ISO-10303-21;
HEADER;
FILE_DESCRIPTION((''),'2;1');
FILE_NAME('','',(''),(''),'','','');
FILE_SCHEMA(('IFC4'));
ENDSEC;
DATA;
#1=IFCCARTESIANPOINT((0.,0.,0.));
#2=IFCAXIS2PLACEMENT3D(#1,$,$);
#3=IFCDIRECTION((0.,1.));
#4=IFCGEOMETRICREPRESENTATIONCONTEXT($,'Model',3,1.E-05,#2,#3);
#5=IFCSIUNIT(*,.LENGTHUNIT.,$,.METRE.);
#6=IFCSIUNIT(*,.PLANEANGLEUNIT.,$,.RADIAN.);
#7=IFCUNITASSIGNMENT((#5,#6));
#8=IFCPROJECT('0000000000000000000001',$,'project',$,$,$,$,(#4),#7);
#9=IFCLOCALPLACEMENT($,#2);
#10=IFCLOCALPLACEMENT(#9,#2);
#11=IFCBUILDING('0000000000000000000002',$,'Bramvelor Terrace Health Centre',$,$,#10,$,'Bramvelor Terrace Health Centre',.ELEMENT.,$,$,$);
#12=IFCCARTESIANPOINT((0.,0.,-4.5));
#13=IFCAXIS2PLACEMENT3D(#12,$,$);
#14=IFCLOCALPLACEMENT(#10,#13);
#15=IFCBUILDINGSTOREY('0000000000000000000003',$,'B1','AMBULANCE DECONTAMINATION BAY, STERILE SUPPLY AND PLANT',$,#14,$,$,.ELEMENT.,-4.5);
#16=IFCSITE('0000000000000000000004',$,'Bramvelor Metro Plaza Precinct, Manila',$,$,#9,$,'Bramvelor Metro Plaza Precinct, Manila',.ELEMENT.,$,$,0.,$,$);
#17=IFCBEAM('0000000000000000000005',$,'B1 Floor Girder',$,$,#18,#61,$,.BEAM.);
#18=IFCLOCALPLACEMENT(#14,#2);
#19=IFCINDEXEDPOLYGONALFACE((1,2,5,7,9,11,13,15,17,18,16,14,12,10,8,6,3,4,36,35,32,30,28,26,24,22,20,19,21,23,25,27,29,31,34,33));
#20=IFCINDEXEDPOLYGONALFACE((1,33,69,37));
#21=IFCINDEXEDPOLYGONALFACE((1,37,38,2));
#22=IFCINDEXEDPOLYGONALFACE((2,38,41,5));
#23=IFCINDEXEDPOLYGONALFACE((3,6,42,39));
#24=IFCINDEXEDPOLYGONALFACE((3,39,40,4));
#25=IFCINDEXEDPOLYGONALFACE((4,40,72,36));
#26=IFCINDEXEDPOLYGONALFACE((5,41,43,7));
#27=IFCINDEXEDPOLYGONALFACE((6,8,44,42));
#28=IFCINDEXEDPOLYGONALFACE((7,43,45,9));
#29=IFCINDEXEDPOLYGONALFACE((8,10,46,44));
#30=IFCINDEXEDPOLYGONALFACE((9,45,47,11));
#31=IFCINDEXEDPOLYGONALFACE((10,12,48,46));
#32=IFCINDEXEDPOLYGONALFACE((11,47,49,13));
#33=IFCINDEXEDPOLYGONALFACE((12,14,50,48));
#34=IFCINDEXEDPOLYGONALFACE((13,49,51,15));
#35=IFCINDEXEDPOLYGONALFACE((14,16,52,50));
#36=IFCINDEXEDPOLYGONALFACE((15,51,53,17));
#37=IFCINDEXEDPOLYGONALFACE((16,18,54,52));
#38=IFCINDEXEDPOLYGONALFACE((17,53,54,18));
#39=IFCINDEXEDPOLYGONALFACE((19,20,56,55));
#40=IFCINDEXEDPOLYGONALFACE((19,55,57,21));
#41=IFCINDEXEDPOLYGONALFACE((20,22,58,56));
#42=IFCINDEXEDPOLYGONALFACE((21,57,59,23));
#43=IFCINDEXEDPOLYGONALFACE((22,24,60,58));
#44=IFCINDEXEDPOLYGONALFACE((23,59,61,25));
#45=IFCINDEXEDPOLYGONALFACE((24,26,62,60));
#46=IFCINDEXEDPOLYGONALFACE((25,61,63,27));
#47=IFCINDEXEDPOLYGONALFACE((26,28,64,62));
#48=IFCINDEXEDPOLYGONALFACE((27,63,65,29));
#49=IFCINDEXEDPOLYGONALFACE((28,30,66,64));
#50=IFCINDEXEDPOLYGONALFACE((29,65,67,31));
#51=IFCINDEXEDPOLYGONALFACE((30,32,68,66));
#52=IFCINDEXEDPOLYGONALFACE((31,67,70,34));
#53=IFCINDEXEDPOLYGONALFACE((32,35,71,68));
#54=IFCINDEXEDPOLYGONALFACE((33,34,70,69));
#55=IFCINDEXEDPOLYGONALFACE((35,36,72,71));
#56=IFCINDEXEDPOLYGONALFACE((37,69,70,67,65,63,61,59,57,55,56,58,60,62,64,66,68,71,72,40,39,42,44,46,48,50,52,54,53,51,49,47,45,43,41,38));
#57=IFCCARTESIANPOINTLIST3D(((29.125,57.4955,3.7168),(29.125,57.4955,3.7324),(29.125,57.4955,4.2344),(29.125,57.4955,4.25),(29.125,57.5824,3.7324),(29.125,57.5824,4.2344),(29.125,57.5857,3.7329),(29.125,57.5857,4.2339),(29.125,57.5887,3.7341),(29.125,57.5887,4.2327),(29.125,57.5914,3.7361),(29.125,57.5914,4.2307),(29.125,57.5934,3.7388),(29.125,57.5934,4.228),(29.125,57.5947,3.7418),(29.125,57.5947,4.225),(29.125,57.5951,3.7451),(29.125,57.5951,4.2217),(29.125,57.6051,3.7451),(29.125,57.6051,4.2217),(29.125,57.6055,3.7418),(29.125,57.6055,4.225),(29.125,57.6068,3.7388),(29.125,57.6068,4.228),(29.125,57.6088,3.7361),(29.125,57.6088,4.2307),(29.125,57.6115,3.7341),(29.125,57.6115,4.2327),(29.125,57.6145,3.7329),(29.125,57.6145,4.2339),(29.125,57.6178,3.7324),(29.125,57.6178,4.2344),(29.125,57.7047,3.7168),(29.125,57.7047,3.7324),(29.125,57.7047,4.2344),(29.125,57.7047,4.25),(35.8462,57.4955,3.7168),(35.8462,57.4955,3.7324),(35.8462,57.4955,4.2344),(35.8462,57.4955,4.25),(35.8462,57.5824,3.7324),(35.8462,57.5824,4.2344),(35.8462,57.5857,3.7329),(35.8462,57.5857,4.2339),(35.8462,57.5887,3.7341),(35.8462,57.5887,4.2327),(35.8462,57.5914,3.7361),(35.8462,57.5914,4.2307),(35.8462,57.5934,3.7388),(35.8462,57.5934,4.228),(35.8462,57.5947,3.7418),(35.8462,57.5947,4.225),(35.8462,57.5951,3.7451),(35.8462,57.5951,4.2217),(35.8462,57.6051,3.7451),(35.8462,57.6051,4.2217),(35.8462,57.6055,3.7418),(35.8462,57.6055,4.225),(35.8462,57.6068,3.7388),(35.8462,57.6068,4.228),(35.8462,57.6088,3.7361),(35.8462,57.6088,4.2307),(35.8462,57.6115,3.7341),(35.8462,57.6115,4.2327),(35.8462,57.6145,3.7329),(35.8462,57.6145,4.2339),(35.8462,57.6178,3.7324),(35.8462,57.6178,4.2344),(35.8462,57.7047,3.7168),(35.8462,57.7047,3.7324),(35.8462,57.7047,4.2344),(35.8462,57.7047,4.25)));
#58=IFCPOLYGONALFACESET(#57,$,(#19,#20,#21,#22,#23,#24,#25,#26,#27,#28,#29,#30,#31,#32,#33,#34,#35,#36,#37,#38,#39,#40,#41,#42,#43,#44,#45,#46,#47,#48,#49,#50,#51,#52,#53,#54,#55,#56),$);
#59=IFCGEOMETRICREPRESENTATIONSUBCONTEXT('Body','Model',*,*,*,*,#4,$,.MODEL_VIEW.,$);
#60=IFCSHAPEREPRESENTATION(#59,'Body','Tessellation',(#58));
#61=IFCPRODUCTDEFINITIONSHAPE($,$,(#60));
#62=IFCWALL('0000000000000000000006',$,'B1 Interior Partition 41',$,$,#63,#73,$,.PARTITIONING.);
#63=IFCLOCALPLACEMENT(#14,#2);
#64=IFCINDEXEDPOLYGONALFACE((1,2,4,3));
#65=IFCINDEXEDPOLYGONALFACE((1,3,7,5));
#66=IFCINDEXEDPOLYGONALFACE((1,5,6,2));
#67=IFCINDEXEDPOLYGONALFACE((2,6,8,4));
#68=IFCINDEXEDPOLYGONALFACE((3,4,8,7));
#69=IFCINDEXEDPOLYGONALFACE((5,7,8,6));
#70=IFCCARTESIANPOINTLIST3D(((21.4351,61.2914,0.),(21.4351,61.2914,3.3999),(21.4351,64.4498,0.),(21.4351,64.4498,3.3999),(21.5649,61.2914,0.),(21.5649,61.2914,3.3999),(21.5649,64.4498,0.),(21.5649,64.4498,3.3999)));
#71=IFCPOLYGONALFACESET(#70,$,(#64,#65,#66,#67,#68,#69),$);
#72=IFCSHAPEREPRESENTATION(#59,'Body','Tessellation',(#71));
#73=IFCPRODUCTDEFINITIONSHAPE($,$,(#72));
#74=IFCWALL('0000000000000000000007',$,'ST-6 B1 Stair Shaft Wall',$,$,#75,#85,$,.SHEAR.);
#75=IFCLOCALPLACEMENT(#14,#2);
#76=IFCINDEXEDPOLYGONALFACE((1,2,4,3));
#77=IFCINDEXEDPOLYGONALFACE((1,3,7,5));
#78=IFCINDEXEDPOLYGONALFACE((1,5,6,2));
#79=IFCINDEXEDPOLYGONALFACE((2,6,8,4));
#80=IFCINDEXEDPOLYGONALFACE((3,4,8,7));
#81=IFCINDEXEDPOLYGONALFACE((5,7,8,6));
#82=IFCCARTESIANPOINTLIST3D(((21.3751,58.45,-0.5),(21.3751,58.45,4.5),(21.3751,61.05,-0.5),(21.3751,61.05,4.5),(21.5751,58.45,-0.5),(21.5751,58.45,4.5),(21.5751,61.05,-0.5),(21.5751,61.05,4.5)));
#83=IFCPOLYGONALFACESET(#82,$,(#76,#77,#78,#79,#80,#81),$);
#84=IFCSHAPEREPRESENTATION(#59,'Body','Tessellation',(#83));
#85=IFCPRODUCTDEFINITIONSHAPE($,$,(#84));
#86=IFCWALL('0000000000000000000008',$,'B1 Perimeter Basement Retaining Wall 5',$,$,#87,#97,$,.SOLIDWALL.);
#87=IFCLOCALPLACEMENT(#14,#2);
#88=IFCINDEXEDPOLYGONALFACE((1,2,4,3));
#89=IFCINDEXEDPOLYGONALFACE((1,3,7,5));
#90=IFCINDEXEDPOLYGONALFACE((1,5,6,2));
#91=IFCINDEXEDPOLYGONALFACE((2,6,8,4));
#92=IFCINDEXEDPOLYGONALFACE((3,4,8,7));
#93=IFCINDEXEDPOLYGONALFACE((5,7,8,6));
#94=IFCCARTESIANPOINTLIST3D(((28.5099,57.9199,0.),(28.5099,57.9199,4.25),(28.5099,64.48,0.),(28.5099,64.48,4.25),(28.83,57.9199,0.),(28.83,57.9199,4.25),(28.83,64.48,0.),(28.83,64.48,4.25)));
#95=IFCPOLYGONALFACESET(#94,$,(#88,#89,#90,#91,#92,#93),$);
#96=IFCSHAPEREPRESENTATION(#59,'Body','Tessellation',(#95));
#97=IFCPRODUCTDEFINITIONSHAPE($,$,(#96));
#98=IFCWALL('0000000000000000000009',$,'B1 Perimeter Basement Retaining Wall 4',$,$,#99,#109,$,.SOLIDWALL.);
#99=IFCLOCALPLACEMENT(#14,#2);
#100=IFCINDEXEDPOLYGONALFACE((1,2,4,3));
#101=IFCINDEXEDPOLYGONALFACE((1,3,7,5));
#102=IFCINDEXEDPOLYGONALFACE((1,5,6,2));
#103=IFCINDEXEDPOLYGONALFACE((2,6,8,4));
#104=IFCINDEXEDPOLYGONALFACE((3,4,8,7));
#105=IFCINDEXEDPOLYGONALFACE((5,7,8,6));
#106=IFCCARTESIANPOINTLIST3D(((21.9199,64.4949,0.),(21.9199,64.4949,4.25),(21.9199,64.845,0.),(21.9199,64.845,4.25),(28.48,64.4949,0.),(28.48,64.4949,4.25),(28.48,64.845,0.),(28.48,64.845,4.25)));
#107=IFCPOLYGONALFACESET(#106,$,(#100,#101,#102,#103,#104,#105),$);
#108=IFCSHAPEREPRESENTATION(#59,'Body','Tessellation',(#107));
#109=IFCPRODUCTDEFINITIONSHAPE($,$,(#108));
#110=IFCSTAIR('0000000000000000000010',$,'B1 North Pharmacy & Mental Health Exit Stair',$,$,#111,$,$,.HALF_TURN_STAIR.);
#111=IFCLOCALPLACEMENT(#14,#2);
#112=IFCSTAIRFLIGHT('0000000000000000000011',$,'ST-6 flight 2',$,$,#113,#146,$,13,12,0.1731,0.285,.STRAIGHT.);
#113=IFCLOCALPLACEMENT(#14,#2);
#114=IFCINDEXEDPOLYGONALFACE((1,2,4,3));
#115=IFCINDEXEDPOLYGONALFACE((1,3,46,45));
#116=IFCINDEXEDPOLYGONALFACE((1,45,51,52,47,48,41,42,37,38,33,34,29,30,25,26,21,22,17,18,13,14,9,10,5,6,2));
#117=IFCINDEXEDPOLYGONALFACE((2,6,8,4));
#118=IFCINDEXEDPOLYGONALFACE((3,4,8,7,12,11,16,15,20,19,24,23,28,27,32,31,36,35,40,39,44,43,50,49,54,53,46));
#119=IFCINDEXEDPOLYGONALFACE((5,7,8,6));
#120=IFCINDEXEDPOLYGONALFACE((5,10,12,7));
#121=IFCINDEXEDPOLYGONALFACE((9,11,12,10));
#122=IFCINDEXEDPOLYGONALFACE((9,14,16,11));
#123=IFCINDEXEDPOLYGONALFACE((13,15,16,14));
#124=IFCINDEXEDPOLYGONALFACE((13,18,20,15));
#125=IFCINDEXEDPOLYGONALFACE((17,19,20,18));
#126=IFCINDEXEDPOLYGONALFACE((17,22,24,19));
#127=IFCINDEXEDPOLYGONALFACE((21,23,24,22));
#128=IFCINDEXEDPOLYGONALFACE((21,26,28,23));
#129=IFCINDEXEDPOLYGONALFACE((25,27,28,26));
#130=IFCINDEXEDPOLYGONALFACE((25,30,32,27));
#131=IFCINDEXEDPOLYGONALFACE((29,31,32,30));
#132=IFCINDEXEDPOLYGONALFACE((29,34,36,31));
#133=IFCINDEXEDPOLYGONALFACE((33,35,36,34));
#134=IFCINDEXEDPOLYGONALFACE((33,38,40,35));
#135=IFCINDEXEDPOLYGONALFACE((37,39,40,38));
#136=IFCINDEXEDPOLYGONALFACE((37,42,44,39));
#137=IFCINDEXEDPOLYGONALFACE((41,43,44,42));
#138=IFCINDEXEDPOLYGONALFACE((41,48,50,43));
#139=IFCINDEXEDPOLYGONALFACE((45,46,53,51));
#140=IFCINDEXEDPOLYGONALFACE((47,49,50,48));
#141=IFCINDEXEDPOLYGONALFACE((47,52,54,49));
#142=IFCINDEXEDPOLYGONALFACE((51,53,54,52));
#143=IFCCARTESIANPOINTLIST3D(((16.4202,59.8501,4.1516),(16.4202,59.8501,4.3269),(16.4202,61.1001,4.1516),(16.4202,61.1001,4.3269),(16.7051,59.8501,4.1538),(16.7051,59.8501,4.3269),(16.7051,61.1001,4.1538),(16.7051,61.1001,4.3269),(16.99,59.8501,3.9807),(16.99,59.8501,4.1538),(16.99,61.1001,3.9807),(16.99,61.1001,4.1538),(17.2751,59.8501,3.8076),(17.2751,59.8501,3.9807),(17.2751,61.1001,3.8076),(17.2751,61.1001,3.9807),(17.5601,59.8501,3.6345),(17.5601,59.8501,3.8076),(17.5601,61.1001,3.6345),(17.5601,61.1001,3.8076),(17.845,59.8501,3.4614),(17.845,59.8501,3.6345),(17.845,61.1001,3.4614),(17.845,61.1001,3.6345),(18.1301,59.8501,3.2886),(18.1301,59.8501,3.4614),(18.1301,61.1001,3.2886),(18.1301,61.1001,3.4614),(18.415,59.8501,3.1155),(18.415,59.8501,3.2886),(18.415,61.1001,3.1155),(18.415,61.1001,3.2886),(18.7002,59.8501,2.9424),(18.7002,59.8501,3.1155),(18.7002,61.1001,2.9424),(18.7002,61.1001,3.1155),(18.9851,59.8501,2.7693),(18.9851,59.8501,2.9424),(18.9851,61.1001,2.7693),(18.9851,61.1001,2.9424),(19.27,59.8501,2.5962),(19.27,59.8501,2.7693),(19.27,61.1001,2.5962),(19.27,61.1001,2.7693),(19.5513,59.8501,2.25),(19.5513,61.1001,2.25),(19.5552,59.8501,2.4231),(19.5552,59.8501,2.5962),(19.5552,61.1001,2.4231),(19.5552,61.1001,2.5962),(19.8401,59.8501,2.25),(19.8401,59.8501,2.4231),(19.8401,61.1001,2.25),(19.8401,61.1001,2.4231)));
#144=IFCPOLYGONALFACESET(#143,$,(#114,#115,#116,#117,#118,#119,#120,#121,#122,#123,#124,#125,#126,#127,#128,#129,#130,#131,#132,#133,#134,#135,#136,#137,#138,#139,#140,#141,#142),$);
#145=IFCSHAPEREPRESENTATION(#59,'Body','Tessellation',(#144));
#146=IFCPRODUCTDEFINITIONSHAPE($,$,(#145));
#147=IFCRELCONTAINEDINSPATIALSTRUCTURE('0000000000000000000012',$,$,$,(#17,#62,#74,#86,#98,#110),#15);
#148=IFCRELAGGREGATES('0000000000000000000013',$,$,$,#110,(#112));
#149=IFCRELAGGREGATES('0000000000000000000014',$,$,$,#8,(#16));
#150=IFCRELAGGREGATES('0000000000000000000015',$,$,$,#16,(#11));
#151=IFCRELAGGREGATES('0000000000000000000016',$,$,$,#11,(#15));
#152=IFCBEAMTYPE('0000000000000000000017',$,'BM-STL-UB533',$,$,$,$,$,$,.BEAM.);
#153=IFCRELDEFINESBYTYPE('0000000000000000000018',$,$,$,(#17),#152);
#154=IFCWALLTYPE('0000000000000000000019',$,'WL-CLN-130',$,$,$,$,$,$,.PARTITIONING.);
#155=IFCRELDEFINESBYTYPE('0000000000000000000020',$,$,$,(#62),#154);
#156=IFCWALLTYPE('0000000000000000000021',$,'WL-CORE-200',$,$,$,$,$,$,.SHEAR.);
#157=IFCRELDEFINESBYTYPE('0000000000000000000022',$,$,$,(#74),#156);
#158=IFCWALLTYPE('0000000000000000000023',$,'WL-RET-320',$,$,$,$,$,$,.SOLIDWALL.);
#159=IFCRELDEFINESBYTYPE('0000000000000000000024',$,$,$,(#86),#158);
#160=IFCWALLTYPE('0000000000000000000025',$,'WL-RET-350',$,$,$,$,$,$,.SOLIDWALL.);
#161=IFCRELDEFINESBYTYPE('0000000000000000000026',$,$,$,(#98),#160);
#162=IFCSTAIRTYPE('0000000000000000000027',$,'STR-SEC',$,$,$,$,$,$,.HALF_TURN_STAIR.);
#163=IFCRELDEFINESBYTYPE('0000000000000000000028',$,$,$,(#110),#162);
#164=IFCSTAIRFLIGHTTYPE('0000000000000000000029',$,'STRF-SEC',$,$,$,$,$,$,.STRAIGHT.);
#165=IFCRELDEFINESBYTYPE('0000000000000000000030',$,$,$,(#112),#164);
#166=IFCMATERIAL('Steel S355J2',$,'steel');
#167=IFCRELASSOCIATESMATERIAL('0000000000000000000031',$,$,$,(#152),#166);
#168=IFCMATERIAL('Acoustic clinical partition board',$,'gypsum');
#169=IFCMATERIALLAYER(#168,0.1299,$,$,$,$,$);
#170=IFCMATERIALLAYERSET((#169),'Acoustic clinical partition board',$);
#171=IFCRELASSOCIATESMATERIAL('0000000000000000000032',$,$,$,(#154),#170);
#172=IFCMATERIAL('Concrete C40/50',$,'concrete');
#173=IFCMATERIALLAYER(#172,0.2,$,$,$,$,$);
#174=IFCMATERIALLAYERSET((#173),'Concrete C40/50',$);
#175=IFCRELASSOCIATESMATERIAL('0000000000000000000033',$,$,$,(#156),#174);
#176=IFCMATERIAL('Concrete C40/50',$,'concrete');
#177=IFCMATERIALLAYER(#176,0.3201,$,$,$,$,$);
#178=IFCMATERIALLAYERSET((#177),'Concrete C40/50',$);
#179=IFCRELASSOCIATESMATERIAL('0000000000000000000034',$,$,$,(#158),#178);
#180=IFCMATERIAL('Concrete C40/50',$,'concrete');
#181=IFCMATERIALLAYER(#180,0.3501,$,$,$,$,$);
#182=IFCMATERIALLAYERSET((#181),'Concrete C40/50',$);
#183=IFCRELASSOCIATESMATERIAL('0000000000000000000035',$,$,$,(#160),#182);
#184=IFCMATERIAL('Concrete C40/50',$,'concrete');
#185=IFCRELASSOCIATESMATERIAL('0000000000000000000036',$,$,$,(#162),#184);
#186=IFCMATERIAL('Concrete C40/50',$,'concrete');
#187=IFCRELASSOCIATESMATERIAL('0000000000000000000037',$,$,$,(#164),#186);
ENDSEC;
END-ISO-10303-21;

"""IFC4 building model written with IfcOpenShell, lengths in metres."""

from ifc_helpers import new_model, si_unit, direction, frame, frame_2d, origin, origin_2d, place, context, subcontext, project, spatial, polyline, rectangle, i_section, outline, extrude, material, layer, layer_set, material_profile, profile_set, type_object, element, aggregate, save


model = new_model("IFC4")

# Units and contexts
model_context = context("Model", 3, precision=1e-05, world=origin(), true_north=direction((0.0, 1.0)))
body_context = subcontext(model_context, "Body", "Model", "MODEL_VIEW")
ifc_project = project(units=[si_unit("LENGTHUNIT", "METRE"), si_unit("PLANEANGLEUNIT", "RADIAN")], contexts=[model_context])

# Site, building, storey
site_placement = place(None, origin())
site = spatial("IfcSite", under=ifc_project, at=site_placement, Name="Bramvelor Metro Plaza Precinct, Manila", LongName="Bramvelor Metro Plaza Precinct, Manila", CompositionType="ELEMENT", RefElevation=0.0)
building_placement = place(site_placement, origin())
building = spatial("IfcBuilding", under=site, at=building_placement, Name="Bramvelor Terrace Health Centre", LongName="Bramvelor Terrace Health Centre", CompositionType="ELEMENT")
storey_placement = place(building_placement, frame((0.0, 0.0, -4.5)))
storey = spatial("IfcBuildingStorey", under=building, at=storey_placement, Name="B1", Description="AMBULANCE DECONTAMINATION BAY, STERILE SUPPLY AND PLANT", CompositionType="ELEMENT", Elevation=-4.5)

# Beam
ifc_material_1 = material(Name="Steel S355J2", Category="steel")
ifc_material_profile_1 = material_profile(ifc_material_1, i_section(OverallWidth=0.2092, OverallDepth=0.5332, WebThickness=0.01, FlangeThickness=0.0156, FilletRadius=0.0127, at=origin_2d()), Name="UB 533x210x92")
ifc_profile_set_1 = profile_set([ifc_material_profile_1], Name="Steel S355J2")
beam_type_1 = type_object("IfcBeamType", Name="BM-STL-UB533", PredefinedType="BEAM", material=ifc_profile_set_1)
beam_1_placement = place(storey_placement, frame((29.125, 57.6001, 3.9834), z_axis=(1.0, 0.0, 0.0), x_axis=(0.0, 1.0, 0.0)))
element("IfcBeam", 1, at=beam_1_placement, inside=storey, type_object=beam_type_1, Name="B1 Floor Girder", PredefinedType="BEAM", context=body_context, shape_type="SweptSolid", body=[
    extrude(i_section(OverallWidth=0.2092, OverallDepth=0.5332, WebThickness=0.01, FlangeThickness=0.0156, FilletRadius=0.0127, at=origin_2d()), origin(), (0.0, 0.0, 1.0), 6.7212),
])

# Walls
ifc_material_2 = material(Name="Acoustic clinical partition board", Category="gypsum")
ifc_layer_1 = layer(ifc_material_2, 0.1299)
ifc_layer_set_1 = layer_set([ifc_layer_1], Name="Acoustic clinical partition board")
wall_type_1 = type_object("IfcWallType", Name="WL-CLN-130", PredefinedType="PARTITIONING", material=ifc_layer_set_1)
wall_1_placement = place(storey_placement, frame((21.5, 61.2915, 0.0), z_axis=(0.0, 0.0, 1.0), x_axis=(0.0, 1.0, 0.0)))
element("IfcWall", 2, at=wall_1_placement, inside=storey, type_object=wall_type_1, Name="B1 Interior Partition 41", PredefinedType="PARTITIONING", context=body_context, shape_type="SweptSolid", body=[
    extrude(rectangle(XDim=3.1584, YDim=0.1299, at=frame_2d((1.5791, 0.0))), origin(), (0.0, 0.0, 1.0), 3.3999),
])
ifc_material_3 = material(Name="Concrete C40/50", Category="concrete")
ifc_layer_2 = layer(ifc_material_3, 0.2)
ifc_layer_set_2 = layer_set([ifc_layer_2], Name="Concrete C40/50")
wall_type_2 = type_object("IfcWallType", Name="WL-CORE-200", PredefinedType="SHEAR", material=ifc_layer_set_2)
wall_2_placement = place(storey_placement, frame((21.4751, 58.45, -0.5), z_axis=(0.0, 0.0, 1.0), x_axis=(0.0, 1.0, 0.0)))
element("IfcWall", 3, at=wall_2_placement, inside=storey, type_object=wall_type_2, Name="ST-6 B1 Stair Shaft Wall", PredefinedType="SHEAR", context=body_context, shape_type="SweptSolid", body=[
    extrude(rectangle(XDim=2.6001, YDim=0.2, at=frame_2d((1.3, 0.0))), origin(), (0.0, 0.0, 1.0), 5.0),
])
ifc_material_4 = material(Name="Concrete C40/50", Category="concrete")
ifc_layer_3 = layer(ifc_material_4, 0.3201)
ifc_layer_set_3 = layer_set([ifc_layer_3], Name="Concrete C40/50")
wall_type_3 = type_object("IfcWallType", Name="WL-RET-320", PredefinedType="SOLIDWALL", material=ifc_layer_set_3)
wall_3_placement = place(storey_placement, frame((28.6699, 64.48, 0.0), z_axis=(0.0, 0.0, 1.0), x_axis=(0.0, -1.0, 0.0)))
element("IfcWall", 4, at=wall_3_placement, inside=storey, type_object=wall_type_3, Name="B1 Perimeter Basement Retaining Wall 5", PredefinedType="SOLIDWALL", context=body_context, shape_type="SweptSolid", body=[
    extrude(rectangle(XDim=6.5601, YDim=0.3201, at=frame_2d((3.28, 0.0))), origin(), (0.0, 0.0, 1.0), 4.25),
])
ifc_material_5 = material(Name="Concrete C40/50", Category="concrete")
ifc_layer_4 = layer(ifc_material_5, 0.3501)
ifc_layer_set_4 = layer_set([ifc_layer_4], Name="Concrete C40/50")
wall_type_4 = type_object("IfcWallType", Name="WL-RET-350", PredefinedType="SOLIDWALL", material=ifc_layer_set_4)
wall_4_placement = place(storey_placement, frame((21.9199, 64.6699, 0.0), z_axis=(0.0, 0.0, 1.0), x_axis=(1.0, 0.0, 0.0)))
element("IfcWall", 5, at=wall_4_placement, inside=storey, type_object=wall_type_4, Name="B1 Perimeter Basement Retaining Wall 4", PredefinedType="SOLIDWALL", context=body_context, shape_type="SweptSolid", body=[
    extrude(rectangle(XDim=6.5601, YDim=0.3501, at=frame_2d((3.28, 0.0))), origin(), (0.0, 0.0, 1.0), 4.25),
])

# Stair, stair flight
ifc_material_6 = material(Name="Concrete C40/50", Category="concrete")
stair_type = type_object("IfcStairType", Name="STR-SEC", PredefinedType="HALF_TURN_STAIR", material=ifc_material_6)
stair_placement = place(storey_placement, origin())
stair = element("IfcStair", 6, at=stair_placement, inside=storey, type_object=stair_type, Name="B1 North Pharmacy & Mental Health Exit Stair", PredefinedType="HALF_TURN_STAIR")
ifc_material_7 = material(Name="Concrete C40/50", Category="concrete")
stair_flight_type = type_object("IfcStairFlightType", Name="STRF-SEC", PredefinedType="STRAIGHT", material=ifc_material_7)
stair_flight_placement = place(storey_placement, frame((19.8401, 60.4751, 2.25), z_axis=(0.0, 0.0, 1.0), x_axis=(-1.0, 0.0, 0.0)))
stair_flight = element("IfcStairFlight", 7, at=stair_flight_placement, type_object=stair_flight_type, Name="ST-6 flight 2", NumberOfRisers=13, NumberOfTreads=12, PredefinedType="STRAIGHT", RiserHeight=0.1731, TreadLength=0.285, context=body_context, shape_type="SweptSolid", body=[
    extrude(outline(polyline([(0.0, 0.0), (0.0, 0.1731), (0.2849, 0.1731), (0.2849, 0.3462), (0.5701, 0.3462), (0.5701, 0.5193), (0.855, 0.5193), (0.855, 0.6924), (1.1399, 0.6924), (1.1399, 0.8655), (1.425, 0.8655), (1.425, 1.0386), (1.71, 1.0386), (1.71, 1.2114), (1.9951, 1.2114), (1.9951, 1.3845), (2.28, 1.3845), (2.28, 1.5576), (2.5649, 1.5576), (2.5649, 1.7307), (2.8501, 1.7307), (2.8501, 1.9038), (3.135, 1.9038), (3.135, 2.0769), (3.4199, 2.0769), (3.4199, 2.25), (3.4199, 1.9016), (0.2888, 0.0), (0.0, 0.0)])), frame((0.0, 0.625, 0.0), z_axis=(0.0, -1.0, 0.0), x_axis=(1.0, 0.0, 0.0)), (0.0, 0.0, 1.0), 1.25),
])
aggregate(stair, [stair_flight])

save(model, "model.ifc")
